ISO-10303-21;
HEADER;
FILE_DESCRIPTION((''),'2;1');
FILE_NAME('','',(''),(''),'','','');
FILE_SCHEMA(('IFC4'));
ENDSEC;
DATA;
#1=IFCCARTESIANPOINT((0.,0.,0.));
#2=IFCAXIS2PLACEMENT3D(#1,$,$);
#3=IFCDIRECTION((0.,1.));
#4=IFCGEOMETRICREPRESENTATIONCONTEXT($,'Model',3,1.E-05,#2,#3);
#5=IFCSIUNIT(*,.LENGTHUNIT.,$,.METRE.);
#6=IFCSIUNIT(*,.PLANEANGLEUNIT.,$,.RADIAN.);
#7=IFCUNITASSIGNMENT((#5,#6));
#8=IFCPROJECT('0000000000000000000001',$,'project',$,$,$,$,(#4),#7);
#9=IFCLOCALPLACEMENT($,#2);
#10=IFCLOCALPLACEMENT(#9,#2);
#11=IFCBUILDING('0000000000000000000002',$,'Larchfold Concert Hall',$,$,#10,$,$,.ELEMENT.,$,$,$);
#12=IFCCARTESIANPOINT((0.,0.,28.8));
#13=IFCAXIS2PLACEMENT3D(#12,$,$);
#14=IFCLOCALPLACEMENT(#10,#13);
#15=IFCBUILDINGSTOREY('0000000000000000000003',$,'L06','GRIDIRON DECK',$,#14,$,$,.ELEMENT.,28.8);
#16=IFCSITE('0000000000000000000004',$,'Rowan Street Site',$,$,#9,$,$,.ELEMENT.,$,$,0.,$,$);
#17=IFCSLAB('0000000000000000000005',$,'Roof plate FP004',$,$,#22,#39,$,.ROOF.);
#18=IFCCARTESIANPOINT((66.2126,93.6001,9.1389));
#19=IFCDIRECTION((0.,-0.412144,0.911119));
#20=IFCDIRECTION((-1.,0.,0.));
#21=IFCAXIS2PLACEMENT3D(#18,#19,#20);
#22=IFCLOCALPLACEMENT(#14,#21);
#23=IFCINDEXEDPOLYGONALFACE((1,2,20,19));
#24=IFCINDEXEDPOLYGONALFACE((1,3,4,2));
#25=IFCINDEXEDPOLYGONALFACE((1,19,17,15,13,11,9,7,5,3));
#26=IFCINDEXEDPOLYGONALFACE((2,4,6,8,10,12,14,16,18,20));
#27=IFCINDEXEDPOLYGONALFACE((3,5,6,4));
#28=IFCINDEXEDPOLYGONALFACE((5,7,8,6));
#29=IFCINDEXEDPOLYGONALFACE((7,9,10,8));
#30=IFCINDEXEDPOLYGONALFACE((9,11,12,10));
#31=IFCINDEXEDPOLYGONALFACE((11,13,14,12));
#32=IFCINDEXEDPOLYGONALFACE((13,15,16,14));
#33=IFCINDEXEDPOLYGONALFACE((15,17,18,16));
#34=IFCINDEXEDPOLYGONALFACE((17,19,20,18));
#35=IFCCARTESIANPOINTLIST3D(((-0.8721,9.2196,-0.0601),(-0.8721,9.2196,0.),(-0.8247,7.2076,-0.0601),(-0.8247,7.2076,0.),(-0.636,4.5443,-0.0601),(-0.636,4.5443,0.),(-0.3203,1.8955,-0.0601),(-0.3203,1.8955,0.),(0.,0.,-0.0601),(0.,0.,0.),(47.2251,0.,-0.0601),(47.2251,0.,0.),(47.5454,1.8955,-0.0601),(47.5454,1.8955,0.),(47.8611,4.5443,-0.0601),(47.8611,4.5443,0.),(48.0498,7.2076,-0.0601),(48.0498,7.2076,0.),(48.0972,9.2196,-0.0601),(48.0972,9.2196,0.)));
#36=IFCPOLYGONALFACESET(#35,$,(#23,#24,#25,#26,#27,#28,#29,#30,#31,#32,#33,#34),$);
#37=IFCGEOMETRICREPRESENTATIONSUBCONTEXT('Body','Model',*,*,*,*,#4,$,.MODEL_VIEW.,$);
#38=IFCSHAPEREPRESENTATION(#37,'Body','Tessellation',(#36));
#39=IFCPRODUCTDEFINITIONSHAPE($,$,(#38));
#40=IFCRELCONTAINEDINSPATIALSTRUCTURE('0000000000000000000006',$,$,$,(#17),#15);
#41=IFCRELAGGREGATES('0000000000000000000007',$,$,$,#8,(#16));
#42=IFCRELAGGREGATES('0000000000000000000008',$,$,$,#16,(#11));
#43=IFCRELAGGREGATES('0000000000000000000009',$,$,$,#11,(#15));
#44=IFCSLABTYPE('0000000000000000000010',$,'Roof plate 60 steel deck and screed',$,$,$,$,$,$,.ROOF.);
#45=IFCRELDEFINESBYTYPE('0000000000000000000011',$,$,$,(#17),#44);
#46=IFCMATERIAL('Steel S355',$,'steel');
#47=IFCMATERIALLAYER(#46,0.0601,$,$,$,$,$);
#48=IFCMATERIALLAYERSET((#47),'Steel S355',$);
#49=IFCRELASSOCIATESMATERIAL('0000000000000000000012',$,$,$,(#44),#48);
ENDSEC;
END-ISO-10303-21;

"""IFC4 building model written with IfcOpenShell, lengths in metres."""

from ifc_helpers import new_model, si_unit, direction, frame, origin, place, context, subcontext, project, spatial, polyline, outline, extrude, material, layer, layer_set, type_object, element, save


model = new_model("IFC4")

# Units and contexts
model_context = context("Model", 3, precision=1e-05, world=origin(), true_north=direction((0.0, 1.0)))
body_context = subcontext(model_context, "Body", "Model", "MODEL_VIEW")
ifc_project = project(units=[si_unit("LENGTHUNIT", "METRE"), si_unit("PLANEANGLEUNIT", "RADIAN")], contexts=[model_context])

# Site, building, storey
site_placement = place(None, origin())
site = spatial("IfcSite", under=ifc_project, at=site_placement, Name="Rowan Street Site", CompositionType="ELEMENT", RefElevation=0.0)
building_placement = place(site_placement, origin())
building = spatial("IfcBuilding", under=site, at=building_placement, Name="Larchfold Concert Hall", CompositionType="ELEMENT")
storey_placement = place(building_placement, frame((0.0, 0.0, 28.8)))
storey = spatial("IfcBuildingStorey", under=building, at=storey_placement, Name="L06", Description="GRIDIRON DECK", CompositionType="ELEMENT", Elevation=28.8)

# Slab
ifc_material_1 = material(Name="Steel S355", Category="steel")
ifc_layer_1 = layer(ifc_material_1, 0.0601)
ifc_layer_set_1 = layer_set([ifc_layer_1], Name="Steel S355")
slab_type = type_object("IfcSlabType", Name="Roof plate 60 steel deck and screed", PredefinedType="ROOF", material=ifc_layer_set_1)
slab_1_placement = place(storey_placement, frame((66.2126, 93.6001, 9.1389), z_axis=(0.0, -0.412144, 0.911119), x_axis=(-1.0, 0.0, 0.0)))
element("IfcSlab", 1, at=slab_1_placement, inside=storey, type_object=slab_type, Name="Roof plate FP004", PredefinedType="ROOF", context=body_context, shape_type="SweptSolid", body=[
    extrude(outline(polyline([(0.0, 0.0), (47.2251, 0.0), (47.5454, 1.8955), (47.8611, 4.5443), (48.0498, 7.2076), (48.0972, 9.2196), (-0.8721, 9.2196), (-0.8247, 7.2076), (-0.636, 4.5443), (-0.3203, 1.8955), (0.0, 0.0)])), origin(), (0.0, 0.0, -1.0), 0.0601),
])

save(model, "model.ifc")
